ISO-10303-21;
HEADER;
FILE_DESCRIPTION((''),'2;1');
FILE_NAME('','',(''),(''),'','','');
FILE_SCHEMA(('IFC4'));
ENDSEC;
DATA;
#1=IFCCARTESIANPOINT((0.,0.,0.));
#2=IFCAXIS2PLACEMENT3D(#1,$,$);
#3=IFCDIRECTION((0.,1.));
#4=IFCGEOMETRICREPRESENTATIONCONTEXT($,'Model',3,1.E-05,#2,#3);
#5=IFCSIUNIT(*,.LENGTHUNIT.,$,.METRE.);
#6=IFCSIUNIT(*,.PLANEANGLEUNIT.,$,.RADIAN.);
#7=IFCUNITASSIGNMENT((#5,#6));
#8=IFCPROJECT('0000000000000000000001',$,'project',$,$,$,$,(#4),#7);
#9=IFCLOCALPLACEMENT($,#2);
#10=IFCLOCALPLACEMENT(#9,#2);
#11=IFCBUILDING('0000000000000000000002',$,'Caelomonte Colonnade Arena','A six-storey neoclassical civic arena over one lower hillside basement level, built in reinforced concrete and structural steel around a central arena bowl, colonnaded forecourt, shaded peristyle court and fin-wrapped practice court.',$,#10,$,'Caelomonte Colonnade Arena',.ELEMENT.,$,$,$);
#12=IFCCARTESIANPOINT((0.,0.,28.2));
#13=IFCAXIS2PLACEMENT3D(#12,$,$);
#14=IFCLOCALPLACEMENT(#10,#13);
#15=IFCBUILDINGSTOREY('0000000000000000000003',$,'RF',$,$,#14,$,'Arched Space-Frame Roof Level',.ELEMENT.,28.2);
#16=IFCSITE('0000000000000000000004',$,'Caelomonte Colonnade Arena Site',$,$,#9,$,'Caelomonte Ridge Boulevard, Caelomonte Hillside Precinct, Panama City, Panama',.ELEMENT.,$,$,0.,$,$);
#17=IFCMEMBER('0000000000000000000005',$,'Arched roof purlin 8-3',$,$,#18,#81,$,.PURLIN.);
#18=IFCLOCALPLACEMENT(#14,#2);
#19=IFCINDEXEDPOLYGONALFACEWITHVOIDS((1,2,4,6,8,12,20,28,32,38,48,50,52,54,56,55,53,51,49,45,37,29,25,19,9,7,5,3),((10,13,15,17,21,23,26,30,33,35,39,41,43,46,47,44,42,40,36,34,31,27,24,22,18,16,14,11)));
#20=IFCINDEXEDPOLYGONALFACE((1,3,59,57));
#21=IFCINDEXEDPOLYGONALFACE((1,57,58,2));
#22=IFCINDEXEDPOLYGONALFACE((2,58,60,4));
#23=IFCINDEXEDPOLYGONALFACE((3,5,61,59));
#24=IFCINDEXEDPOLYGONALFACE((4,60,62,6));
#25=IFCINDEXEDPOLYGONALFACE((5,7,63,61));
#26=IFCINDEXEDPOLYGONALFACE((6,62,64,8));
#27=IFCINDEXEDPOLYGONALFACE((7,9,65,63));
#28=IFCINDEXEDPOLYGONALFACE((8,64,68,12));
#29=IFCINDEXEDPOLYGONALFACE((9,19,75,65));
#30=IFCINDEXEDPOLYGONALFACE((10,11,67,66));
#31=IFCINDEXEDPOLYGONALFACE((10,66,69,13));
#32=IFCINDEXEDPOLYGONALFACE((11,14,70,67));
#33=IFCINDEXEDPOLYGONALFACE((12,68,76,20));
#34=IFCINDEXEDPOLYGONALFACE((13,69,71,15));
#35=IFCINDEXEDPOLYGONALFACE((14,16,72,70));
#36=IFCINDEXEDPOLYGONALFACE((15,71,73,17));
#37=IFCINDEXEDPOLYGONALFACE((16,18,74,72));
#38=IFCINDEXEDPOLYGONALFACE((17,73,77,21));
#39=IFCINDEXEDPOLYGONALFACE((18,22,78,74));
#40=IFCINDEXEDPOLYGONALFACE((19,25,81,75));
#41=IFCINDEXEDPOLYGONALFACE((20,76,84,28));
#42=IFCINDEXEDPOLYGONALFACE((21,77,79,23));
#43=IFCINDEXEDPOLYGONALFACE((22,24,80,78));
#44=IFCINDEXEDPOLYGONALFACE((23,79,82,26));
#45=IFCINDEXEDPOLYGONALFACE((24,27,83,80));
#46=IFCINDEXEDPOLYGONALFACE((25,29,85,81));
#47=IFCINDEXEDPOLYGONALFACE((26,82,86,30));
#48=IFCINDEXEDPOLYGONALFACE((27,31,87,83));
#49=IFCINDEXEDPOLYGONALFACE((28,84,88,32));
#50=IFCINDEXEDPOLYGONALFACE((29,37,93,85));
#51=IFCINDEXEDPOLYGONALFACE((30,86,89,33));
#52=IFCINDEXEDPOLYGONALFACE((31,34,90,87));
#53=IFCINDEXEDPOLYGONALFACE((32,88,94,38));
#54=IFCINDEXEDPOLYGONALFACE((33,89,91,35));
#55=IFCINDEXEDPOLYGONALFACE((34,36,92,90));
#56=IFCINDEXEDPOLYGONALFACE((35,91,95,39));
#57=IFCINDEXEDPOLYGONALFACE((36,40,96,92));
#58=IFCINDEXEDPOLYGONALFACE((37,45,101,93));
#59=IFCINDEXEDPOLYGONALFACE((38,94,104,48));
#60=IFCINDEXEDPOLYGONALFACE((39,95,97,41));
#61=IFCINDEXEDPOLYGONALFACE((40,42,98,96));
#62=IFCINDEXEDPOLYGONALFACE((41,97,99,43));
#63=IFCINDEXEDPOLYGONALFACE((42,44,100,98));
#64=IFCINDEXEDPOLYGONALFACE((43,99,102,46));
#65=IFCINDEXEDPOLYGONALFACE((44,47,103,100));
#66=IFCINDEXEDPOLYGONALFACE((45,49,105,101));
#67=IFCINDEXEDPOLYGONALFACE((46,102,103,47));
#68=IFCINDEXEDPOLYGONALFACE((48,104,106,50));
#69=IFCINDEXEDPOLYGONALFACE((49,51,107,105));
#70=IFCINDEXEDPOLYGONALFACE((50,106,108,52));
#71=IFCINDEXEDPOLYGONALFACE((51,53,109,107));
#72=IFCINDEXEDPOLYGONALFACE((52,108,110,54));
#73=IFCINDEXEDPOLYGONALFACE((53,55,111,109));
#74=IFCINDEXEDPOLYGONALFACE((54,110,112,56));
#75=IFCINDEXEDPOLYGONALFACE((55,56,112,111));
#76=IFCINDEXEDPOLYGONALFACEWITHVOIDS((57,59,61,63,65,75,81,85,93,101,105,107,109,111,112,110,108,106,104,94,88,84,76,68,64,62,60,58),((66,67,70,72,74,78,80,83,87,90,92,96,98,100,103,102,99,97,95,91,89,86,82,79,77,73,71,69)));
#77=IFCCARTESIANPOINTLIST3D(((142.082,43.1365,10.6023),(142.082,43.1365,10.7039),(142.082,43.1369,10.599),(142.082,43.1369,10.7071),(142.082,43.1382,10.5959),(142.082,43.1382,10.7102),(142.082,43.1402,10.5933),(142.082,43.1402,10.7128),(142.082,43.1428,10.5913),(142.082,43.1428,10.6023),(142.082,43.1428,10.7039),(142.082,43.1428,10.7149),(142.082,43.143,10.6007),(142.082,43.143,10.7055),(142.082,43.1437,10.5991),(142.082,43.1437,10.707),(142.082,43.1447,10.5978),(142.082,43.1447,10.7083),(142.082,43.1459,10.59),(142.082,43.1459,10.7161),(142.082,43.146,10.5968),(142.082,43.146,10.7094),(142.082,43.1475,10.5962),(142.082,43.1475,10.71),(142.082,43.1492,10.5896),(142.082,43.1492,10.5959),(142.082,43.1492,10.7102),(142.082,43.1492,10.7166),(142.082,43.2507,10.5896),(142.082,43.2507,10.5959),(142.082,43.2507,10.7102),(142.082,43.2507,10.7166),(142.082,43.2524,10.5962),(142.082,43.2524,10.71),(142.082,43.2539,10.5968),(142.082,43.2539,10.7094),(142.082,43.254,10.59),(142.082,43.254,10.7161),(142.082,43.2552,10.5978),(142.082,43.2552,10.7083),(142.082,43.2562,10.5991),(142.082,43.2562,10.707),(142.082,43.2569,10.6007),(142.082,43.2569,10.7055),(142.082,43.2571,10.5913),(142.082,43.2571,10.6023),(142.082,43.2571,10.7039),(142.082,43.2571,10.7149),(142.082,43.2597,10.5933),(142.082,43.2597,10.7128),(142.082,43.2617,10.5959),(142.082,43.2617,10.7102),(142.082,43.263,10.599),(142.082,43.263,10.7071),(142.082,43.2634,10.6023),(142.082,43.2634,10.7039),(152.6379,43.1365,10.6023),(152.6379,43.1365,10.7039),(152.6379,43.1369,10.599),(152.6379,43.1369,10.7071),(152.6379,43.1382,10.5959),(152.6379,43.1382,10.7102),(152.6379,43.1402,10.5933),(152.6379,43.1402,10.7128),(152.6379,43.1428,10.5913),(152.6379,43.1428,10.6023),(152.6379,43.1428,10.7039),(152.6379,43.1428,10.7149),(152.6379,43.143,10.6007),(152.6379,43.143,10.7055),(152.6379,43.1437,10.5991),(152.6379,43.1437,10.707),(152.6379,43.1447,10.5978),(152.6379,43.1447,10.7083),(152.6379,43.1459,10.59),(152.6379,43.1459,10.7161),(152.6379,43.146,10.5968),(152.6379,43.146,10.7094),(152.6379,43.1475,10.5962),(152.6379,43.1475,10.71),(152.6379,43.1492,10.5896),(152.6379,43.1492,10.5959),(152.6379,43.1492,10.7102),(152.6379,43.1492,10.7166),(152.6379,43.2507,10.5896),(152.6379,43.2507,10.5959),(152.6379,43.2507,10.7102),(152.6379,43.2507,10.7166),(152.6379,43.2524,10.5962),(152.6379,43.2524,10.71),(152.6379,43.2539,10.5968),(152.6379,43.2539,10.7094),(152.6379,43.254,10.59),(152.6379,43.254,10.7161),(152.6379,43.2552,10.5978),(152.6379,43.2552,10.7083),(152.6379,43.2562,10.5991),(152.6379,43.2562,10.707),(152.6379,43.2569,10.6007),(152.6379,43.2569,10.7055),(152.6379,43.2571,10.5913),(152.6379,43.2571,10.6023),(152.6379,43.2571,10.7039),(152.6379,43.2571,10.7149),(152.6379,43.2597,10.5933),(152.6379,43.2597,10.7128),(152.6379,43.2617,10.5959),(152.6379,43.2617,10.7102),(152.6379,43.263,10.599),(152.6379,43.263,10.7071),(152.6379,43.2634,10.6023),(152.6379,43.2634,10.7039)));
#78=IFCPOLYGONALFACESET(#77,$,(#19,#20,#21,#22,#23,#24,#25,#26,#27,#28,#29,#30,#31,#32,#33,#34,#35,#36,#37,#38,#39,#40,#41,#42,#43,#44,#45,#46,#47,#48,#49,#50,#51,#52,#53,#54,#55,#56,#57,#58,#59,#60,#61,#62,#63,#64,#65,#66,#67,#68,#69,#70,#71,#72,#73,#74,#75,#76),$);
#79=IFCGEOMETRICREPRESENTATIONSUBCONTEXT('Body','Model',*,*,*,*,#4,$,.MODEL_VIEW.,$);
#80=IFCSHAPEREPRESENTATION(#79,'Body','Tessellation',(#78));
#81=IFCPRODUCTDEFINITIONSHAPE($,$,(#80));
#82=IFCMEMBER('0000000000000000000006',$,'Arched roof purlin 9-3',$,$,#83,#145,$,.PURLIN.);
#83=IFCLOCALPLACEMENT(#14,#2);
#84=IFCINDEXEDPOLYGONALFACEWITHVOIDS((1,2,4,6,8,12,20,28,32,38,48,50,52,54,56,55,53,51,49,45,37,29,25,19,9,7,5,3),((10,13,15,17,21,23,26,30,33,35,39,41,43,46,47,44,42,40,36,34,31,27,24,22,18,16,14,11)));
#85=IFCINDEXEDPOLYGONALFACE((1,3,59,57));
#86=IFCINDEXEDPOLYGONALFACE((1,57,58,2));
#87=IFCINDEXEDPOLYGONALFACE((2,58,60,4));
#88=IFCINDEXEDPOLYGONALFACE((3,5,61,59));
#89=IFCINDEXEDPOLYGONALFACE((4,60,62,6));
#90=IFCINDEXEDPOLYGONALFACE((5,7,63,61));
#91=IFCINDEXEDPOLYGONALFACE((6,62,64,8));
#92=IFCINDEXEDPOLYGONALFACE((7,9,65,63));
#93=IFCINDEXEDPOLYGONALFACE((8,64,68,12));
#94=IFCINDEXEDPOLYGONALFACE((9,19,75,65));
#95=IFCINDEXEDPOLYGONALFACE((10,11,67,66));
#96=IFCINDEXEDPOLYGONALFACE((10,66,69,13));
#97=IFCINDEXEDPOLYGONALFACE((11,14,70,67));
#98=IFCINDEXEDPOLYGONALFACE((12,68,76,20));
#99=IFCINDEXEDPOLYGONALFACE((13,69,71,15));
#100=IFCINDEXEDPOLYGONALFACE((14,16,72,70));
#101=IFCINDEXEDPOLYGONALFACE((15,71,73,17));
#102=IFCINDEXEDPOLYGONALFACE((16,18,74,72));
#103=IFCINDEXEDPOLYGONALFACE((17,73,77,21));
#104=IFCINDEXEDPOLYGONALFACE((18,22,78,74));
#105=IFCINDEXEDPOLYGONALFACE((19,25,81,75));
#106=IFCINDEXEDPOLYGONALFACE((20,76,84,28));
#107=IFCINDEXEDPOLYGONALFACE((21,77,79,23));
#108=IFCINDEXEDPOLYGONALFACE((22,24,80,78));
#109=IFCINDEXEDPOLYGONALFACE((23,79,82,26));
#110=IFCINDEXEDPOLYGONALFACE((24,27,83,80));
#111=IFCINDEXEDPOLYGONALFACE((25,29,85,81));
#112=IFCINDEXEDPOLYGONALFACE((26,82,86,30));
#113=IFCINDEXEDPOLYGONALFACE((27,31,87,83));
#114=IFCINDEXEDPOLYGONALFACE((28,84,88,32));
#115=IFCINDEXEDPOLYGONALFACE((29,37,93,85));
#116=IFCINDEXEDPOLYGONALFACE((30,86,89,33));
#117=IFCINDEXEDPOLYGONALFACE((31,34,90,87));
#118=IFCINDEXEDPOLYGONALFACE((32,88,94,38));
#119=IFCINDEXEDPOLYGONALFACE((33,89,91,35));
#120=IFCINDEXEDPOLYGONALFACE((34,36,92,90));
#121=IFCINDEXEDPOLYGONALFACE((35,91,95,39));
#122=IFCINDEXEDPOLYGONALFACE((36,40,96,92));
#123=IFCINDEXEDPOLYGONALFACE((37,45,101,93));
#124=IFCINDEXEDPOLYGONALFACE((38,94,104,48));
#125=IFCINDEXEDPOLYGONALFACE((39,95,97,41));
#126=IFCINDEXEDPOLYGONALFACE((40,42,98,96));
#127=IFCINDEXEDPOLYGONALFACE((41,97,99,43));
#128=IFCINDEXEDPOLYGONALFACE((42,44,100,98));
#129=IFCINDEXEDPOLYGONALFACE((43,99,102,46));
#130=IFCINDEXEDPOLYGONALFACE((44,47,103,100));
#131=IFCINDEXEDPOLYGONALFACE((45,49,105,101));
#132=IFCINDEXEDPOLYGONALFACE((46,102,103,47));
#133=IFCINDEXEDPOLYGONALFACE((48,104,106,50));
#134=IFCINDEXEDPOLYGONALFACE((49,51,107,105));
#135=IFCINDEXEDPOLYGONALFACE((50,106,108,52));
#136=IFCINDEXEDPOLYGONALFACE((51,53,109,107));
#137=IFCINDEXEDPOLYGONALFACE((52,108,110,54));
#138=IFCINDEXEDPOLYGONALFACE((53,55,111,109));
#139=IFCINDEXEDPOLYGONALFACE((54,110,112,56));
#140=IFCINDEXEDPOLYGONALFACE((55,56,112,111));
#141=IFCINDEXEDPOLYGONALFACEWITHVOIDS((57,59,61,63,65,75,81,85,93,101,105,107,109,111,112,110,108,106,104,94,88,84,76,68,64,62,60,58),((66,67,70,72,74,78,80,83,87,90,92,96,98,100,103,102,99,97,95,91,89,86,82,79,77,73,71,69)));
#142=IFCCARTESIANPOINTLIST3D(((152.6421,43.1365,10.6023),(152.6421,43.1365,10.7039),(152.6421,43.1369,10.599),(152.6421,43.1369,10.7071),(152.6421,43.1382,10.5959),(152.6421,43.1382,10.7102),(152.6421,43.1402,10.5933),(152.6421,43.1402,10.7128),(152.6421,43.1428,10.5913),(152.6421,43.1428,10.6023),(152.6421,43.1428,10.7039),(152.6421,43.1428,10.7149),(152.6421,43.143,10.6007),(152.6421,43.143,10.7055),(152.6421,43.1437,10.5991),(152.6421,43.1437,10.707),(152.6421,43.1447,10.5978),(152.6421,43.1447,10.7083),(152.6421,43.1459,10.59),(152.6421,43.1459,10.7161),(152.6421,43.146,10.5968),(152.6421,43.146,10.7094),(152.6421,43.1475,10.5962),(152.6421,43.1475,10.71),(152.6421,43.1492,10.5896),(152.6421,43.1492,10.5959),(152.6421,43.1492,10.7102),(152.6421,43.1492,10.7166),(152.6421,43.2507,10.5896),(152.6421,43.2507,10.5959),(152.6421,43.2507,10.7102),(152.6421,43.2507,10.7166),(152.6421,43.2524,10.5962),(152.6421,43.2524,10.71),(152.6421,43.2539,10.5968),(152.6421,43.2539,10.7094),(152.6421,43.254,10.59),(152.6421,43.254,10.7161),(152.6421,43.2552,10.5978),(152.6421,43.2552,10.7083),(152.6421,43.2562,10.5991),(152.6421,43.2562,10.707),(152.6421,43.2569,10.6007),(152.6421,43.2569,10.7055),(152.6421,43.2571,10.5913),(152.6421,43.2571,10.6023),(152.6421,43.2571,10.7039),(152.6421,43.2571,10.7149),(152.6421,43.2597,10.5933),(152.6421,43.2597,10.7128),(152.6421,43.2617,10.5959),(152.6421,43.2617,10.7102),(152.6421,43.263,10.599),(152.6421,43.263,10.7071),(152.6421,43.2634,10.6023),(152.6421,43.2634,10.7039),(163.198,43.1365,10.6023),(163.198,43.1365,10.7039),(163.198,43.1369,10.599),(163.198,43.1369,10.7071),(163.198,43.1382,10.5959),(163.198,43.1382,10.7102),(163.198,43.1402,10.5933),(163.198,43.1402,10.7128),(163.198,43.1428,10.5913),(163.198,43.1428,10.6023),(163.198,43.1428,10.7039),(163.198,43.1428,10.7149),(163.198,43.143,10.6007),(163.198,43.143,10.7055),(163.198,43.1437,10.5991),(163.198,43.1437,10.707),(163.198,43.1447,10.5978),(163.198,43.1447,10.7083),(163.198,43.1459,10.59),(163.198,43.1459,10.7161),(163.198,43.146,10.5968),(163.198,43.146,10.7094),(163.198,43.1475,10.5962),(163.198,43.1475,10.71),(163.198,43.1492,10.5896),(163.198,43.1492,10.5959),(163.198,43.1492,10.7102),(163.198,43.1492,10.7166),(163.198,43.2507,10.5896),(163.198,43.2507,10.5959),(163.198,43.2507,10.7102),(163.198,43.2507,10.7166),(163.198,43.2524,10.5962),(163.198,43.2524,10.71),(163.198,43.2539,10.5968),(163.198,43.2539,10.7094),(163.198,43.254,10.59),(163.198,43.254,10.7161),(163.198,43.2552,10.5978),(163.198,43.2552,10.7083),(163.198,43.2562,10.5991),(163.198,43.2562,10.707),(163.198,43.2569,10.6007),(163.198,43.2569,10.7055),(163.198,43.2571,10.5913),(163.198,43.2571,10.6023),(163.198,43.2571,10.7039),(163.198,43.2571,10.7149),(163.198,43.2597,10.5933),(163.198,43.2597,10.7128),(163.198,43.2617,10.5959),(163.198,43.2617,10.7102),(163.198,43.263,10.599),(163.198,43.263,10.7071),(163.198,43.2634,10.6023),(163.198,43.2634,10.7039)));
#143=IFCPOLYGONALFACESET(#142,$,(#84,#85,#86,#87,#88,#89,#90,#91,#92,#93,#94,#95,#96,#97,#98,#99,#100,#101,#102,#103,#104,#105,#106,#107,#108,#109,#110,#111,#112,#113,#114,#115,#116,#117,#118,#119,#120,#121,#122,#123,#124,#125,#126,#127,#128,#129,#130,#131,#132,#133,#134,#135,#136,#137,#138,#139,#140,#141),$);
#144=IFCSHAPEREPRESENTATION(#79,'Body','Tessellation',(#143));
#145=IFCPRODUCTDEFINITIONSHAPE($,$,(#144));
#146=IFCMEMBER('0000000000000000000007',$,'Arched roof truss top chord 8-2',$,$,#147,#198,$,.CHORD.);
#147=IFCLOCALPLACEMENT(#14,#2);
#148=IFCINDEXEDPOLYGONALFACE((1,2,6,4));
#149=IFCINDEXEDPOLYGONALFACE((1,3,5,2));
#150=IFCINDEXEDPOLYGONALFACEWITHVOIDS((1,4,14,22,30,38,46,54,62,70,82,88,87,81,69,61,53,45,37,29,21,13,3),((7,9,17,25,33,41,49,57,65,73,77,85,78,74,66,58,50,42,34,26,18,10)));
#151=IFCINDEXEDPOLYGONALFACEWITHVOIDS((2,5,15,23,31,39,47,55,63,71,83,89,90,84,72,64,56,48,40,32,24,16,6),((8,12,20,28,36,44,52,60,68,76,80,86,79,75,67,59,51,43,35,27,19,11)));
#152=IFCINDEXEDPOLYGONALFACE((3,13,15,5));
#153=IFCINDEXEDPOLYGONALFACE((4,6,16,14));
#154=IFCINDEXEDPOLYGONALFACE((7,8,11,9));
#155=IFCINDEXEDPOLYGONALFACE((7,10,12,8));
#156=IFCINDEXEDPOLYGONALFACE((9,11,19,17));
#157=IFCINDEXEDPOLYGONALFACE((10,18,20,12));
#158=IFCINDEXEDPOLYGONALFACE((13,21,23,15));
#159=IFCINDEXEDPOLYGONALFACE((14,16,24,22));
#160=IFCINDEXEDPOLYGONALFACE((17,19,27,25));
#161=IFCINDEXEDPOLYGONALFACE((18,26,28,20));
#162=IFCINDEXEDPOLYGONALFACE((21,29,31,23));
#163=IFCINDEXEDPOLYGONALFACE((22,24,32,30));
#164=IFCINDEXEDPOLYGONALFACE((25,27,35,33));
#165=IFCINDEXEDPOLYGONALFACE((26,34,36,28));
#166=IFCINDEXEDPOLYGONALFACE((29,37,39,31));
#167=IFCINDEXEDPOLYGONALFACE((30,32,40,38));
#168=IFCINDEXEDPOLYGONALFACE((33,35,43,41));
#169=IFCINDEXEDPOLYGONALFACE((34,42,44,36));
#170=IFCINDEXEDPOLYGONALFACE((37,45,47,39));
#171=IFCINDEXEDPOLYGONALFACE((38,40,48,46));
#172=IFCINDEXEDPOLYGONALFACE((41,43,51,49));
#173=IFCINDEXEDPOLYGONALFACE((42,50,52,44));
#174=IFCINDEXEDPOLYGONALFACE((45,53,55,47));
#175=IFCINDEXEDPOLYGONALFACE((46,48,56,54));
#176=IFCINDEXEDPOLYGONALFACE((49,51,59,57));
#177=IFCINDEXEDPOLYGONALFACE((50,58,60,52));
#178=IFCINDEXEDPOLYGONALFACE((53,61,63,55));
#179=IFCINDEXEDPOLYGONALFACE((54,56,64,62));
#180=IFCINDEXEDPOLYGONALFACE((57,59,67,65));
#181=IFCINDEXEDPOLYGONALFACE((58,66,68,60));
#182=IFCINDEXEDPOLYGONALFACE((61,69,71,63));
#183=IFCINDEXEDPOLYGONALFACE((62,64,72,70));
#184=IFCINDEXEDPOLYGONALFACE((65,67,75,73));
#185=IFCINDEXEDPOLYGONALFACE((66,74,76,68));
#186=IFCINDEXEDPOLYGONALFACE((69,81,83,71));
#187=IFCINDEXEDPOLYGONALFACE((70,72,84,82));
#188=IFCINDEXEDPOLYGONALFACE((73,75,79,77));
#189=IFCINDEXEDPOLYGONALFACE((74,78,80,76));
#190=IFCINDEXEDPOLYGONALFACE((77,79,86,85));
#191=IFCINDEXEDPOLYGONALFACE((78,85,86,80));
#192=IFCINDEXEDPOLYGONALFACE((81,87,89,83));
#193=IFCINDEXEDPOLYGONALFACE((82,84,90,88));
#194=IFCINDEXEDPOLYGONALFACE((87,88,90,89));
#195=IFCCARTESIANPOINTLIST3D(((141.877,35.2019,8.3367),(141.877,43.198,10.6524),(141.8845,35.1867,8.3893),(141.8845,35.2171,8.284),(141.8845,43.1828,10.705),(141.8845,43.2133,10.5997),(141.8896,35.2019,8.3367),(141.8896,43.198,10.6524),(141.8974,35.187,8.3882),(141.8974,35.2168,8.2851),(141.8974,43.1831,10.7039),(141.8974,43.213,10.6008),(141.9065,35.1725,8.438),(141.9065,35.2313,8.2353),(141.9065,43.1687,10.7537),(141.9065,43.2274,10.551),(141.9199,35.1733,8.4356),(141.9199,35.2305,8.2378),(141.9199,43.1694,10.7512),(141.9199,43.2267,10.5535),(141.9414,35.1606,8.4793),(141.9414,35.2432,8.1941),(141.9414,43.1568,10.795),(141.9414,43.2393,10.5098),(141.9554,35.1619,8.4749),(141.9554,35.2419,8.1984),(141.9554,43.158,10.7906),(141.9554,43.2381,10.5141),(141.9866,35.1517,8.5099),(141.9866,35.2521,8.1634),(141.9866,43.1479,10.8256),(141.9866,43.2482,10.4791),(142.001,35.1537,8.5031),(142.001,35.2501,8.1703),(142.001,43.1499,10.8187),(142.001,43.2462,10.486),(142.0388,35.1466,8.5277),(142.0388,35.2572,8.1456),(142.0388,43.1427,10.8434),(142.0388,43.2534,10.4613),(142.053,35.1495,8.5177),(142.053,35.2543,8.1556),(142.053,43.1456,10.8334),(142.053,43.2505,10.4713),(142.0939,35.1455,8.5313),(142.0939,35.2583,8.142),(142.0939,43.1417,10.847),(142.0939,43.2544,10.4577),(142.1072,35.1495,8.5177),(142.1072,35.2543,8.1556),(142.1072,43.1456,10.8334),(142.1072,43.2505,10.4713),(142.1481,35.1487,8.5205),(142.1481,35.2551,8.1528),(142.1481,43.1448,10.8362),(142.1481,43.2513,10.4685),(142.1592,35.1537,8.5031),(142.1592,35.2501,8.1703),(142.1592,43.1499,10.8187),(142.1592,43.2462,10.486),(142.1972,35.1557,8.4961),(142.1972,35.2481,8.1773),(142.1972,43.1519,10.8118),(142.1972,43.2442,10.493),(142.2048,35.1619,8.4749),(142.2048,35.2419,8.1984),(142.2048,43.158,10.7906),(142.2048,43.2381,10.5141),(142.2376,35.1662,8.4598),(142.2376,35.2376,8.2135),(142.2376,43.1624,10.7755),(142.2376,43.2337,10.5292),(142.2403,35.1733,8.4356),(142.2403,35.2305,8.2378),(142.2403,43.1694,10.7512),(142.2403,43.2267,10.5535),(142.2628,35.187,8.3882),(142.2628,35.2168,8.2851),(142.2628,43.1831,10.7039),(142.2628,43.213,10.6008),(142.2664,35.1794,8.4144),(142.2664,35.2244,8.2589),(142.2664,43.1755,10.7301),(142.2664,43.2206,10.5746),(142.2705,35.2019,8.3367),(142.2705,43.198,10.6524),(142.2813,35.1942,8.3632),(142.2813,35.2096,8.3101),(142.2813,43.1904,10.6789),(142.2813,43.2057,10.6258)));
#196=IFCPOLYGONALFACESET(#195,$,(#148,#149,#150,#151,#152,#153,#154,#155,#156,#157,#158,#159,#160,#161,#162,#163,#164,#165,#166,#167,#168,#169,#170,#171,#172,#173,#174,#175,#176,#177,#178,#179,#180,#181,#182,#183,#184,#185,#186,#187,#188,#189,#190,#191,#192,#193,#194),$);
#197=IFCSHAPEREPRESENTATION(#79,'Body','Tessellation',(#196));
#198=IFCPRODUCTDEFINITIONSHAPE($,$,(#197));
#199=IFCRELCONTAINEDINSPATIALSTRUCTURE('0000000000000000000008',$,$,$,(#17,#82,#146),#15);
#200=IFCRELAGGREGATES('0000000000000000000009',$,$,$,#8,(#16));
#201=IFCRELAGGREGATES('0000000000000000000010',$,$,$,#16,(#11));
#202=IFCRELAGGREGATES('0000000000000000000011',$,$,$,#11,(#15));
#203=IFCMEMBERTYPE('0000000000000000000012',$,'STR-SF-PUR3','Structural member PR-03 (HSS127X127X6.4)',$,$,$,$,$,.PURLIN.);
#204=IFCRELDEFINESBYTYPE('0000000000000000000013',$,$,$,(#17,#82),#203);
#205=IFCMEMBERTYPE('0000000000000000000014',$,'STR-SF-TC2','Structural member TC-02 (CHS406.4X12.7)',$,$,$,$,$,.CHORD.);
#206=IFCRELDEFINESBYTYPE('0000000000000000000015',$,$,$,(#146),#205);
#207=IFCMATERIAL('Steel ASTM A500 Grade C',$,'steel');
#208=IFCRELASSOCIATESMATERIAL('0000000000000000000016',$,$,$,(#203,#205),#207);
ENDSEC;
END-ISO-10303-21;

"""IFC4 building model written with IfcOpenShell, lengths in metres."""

from ifc_helpers import new_model, si_unit, direction, frame, origin, origin_2d, place, context, subcontext, project, spatial, hollow_rectangle, hollow_circle, extrude, material, material_profile, profile_set, type_object, element, save


model = new_model("IFC4")

# Units and contexts
model_context = context("Model", 3, precision=1e-05, world=origin(), true_north=direction((0.0, 1.0)))
body_context = subcontext(model_context, "Body", "Model", "MODEL_VIEW")
ifc_project = project(units=[si_unit("LENGTHUNIT", "METRE"), si_unit("PLANEANGLEUNIT", "RADIAN")], contexts=[model_context])

# Site, building, storey
site_placement = place(None, origin())
site = spatial("IfcSite", under=ifc_project, at=site_placement, Name="Caelomonte Colonnade Arena Site", LongName="Caelomonte Ridge Boulevard, Caelomonte Hillside Precinct, Panama City, Panama", CompositionType="ELEMENT", RefElevation=0.0)
building_placement = place(site_placement, origin())
building = spatial("IfcBuilding", under=site, at=building_placement, Name="Caelomonte Colonnade Arena", Description="A six-storey neoclassical civic arena over one lower hillside basement level, built in reinforced concrete and structural steel around a central arena bowl, colonnaded forecourt, shaded peristyle court and fin-wrapped practice court.", LongName="Caelomonte Colonnade Arena", CompositionType="ELEMENT")
storey_placement = place(building_placement, frame((0.0, 0.0, 28.2)))
storey = spatial("IfcBuildingStorey", under=building, at=storey_placement, Name="RF", LongName="Arched Space-Frame Roof Level", CompositionType="ELEMENT", Elevation=28.2)

# Members
ifc_material_1 = material(Name="Steel ASTM A500 Grade C", Category="steel")
ifc_material_profile_1 = material_profile(ifc_material_1, hollow_rectangle(XDim=0.127, YDim=0.127, WallThickness=0.0063, InnerFilletRadius=0.0063, OuterFilletRadius=0.0127, at=origin_2d()), Name="HSS127X127X6.4")
ifc_profile_set_1 = profile_set([ifc_material_profile_1], Name="Steel ASTM A500 Grade C")
member_type_1 = type_object("IfcMemberType", Name="STR-SF-PUR3", Description="Structural member PR-03 (HSS127X127X6.4)", PredefinedType="PURLIN", material=ifc_profile_set_1)
for number, where, z_axis, x_axis, name in (
    (1, (142.082, 43.2, 10.6531), (1.0, 0.0, 0.0), (0.0, 1.0, 0.0), "Arched roof purlin 8-3"),
    (2, (152.6421, 43.2, 10.6531), (1.0, 0.0, 0.0), (0.0, 1.0, 0.0), "Arched roof purlin 9-3"),
):
    element("IfcMember", number, at=place(storey_placement, frame(where, z_axis=z_axis, x_axis=x_axis)), inside=storey, type_object=member_type_1, Name=name, PredefinedType="PURLIN", context=body_context, shape_type="SweptSolid", body=[
        extrude(hollow_rectangle(XDim=0.127, YDim=0.127, WallThickness=0.0063, InnerFilletRadius=0.0063, OuterFilletRadius=0.0127, at=origin_2d()), origin(), (0.0, 0.0, 1.0), 10.5559),
    ])
ifc_material_profile_2 = material_profile(ifc_material_1, hollow_circle(Radius=0.2031, WallThickness=0.0127, at=origin_2d()), Name="CHS406.4X12.7")
ifc_profile_set_2 = profile_set([ifc_material_profile_2], Name="Steel ASTM A500 Grade C")
member_type_2 = type_object("IfcMemberType", Name="STR-SF-TC2", Description="Structural member TC-02 (CHS406.4X12.7)", PredefinedType="CHORD", material=ifc_profile_set_2)
member_1_placement = place(storey_placement, frame((142.0801, 35.2019, 8.3367), z_axis=(0.0, 0.960532, 0.278171), x_axis=(-1.0, 0.0, 0.0)))
element("IfcMember", 3, at=member_1_placement, inside=storey, type_object=member_type_2, Name="Arched roof truss top chord 8-2", PredefinedType="CHORD", context=body_context, shape_type="SweptSolid", body=[
    extrude(hollow_circle(Radius=0.2031, WallThickness=0.0127, at=origin_2d()), origin(), (0.0, 0.0, 1.0), 8.3247),
])

save(model, "model.ifc")
